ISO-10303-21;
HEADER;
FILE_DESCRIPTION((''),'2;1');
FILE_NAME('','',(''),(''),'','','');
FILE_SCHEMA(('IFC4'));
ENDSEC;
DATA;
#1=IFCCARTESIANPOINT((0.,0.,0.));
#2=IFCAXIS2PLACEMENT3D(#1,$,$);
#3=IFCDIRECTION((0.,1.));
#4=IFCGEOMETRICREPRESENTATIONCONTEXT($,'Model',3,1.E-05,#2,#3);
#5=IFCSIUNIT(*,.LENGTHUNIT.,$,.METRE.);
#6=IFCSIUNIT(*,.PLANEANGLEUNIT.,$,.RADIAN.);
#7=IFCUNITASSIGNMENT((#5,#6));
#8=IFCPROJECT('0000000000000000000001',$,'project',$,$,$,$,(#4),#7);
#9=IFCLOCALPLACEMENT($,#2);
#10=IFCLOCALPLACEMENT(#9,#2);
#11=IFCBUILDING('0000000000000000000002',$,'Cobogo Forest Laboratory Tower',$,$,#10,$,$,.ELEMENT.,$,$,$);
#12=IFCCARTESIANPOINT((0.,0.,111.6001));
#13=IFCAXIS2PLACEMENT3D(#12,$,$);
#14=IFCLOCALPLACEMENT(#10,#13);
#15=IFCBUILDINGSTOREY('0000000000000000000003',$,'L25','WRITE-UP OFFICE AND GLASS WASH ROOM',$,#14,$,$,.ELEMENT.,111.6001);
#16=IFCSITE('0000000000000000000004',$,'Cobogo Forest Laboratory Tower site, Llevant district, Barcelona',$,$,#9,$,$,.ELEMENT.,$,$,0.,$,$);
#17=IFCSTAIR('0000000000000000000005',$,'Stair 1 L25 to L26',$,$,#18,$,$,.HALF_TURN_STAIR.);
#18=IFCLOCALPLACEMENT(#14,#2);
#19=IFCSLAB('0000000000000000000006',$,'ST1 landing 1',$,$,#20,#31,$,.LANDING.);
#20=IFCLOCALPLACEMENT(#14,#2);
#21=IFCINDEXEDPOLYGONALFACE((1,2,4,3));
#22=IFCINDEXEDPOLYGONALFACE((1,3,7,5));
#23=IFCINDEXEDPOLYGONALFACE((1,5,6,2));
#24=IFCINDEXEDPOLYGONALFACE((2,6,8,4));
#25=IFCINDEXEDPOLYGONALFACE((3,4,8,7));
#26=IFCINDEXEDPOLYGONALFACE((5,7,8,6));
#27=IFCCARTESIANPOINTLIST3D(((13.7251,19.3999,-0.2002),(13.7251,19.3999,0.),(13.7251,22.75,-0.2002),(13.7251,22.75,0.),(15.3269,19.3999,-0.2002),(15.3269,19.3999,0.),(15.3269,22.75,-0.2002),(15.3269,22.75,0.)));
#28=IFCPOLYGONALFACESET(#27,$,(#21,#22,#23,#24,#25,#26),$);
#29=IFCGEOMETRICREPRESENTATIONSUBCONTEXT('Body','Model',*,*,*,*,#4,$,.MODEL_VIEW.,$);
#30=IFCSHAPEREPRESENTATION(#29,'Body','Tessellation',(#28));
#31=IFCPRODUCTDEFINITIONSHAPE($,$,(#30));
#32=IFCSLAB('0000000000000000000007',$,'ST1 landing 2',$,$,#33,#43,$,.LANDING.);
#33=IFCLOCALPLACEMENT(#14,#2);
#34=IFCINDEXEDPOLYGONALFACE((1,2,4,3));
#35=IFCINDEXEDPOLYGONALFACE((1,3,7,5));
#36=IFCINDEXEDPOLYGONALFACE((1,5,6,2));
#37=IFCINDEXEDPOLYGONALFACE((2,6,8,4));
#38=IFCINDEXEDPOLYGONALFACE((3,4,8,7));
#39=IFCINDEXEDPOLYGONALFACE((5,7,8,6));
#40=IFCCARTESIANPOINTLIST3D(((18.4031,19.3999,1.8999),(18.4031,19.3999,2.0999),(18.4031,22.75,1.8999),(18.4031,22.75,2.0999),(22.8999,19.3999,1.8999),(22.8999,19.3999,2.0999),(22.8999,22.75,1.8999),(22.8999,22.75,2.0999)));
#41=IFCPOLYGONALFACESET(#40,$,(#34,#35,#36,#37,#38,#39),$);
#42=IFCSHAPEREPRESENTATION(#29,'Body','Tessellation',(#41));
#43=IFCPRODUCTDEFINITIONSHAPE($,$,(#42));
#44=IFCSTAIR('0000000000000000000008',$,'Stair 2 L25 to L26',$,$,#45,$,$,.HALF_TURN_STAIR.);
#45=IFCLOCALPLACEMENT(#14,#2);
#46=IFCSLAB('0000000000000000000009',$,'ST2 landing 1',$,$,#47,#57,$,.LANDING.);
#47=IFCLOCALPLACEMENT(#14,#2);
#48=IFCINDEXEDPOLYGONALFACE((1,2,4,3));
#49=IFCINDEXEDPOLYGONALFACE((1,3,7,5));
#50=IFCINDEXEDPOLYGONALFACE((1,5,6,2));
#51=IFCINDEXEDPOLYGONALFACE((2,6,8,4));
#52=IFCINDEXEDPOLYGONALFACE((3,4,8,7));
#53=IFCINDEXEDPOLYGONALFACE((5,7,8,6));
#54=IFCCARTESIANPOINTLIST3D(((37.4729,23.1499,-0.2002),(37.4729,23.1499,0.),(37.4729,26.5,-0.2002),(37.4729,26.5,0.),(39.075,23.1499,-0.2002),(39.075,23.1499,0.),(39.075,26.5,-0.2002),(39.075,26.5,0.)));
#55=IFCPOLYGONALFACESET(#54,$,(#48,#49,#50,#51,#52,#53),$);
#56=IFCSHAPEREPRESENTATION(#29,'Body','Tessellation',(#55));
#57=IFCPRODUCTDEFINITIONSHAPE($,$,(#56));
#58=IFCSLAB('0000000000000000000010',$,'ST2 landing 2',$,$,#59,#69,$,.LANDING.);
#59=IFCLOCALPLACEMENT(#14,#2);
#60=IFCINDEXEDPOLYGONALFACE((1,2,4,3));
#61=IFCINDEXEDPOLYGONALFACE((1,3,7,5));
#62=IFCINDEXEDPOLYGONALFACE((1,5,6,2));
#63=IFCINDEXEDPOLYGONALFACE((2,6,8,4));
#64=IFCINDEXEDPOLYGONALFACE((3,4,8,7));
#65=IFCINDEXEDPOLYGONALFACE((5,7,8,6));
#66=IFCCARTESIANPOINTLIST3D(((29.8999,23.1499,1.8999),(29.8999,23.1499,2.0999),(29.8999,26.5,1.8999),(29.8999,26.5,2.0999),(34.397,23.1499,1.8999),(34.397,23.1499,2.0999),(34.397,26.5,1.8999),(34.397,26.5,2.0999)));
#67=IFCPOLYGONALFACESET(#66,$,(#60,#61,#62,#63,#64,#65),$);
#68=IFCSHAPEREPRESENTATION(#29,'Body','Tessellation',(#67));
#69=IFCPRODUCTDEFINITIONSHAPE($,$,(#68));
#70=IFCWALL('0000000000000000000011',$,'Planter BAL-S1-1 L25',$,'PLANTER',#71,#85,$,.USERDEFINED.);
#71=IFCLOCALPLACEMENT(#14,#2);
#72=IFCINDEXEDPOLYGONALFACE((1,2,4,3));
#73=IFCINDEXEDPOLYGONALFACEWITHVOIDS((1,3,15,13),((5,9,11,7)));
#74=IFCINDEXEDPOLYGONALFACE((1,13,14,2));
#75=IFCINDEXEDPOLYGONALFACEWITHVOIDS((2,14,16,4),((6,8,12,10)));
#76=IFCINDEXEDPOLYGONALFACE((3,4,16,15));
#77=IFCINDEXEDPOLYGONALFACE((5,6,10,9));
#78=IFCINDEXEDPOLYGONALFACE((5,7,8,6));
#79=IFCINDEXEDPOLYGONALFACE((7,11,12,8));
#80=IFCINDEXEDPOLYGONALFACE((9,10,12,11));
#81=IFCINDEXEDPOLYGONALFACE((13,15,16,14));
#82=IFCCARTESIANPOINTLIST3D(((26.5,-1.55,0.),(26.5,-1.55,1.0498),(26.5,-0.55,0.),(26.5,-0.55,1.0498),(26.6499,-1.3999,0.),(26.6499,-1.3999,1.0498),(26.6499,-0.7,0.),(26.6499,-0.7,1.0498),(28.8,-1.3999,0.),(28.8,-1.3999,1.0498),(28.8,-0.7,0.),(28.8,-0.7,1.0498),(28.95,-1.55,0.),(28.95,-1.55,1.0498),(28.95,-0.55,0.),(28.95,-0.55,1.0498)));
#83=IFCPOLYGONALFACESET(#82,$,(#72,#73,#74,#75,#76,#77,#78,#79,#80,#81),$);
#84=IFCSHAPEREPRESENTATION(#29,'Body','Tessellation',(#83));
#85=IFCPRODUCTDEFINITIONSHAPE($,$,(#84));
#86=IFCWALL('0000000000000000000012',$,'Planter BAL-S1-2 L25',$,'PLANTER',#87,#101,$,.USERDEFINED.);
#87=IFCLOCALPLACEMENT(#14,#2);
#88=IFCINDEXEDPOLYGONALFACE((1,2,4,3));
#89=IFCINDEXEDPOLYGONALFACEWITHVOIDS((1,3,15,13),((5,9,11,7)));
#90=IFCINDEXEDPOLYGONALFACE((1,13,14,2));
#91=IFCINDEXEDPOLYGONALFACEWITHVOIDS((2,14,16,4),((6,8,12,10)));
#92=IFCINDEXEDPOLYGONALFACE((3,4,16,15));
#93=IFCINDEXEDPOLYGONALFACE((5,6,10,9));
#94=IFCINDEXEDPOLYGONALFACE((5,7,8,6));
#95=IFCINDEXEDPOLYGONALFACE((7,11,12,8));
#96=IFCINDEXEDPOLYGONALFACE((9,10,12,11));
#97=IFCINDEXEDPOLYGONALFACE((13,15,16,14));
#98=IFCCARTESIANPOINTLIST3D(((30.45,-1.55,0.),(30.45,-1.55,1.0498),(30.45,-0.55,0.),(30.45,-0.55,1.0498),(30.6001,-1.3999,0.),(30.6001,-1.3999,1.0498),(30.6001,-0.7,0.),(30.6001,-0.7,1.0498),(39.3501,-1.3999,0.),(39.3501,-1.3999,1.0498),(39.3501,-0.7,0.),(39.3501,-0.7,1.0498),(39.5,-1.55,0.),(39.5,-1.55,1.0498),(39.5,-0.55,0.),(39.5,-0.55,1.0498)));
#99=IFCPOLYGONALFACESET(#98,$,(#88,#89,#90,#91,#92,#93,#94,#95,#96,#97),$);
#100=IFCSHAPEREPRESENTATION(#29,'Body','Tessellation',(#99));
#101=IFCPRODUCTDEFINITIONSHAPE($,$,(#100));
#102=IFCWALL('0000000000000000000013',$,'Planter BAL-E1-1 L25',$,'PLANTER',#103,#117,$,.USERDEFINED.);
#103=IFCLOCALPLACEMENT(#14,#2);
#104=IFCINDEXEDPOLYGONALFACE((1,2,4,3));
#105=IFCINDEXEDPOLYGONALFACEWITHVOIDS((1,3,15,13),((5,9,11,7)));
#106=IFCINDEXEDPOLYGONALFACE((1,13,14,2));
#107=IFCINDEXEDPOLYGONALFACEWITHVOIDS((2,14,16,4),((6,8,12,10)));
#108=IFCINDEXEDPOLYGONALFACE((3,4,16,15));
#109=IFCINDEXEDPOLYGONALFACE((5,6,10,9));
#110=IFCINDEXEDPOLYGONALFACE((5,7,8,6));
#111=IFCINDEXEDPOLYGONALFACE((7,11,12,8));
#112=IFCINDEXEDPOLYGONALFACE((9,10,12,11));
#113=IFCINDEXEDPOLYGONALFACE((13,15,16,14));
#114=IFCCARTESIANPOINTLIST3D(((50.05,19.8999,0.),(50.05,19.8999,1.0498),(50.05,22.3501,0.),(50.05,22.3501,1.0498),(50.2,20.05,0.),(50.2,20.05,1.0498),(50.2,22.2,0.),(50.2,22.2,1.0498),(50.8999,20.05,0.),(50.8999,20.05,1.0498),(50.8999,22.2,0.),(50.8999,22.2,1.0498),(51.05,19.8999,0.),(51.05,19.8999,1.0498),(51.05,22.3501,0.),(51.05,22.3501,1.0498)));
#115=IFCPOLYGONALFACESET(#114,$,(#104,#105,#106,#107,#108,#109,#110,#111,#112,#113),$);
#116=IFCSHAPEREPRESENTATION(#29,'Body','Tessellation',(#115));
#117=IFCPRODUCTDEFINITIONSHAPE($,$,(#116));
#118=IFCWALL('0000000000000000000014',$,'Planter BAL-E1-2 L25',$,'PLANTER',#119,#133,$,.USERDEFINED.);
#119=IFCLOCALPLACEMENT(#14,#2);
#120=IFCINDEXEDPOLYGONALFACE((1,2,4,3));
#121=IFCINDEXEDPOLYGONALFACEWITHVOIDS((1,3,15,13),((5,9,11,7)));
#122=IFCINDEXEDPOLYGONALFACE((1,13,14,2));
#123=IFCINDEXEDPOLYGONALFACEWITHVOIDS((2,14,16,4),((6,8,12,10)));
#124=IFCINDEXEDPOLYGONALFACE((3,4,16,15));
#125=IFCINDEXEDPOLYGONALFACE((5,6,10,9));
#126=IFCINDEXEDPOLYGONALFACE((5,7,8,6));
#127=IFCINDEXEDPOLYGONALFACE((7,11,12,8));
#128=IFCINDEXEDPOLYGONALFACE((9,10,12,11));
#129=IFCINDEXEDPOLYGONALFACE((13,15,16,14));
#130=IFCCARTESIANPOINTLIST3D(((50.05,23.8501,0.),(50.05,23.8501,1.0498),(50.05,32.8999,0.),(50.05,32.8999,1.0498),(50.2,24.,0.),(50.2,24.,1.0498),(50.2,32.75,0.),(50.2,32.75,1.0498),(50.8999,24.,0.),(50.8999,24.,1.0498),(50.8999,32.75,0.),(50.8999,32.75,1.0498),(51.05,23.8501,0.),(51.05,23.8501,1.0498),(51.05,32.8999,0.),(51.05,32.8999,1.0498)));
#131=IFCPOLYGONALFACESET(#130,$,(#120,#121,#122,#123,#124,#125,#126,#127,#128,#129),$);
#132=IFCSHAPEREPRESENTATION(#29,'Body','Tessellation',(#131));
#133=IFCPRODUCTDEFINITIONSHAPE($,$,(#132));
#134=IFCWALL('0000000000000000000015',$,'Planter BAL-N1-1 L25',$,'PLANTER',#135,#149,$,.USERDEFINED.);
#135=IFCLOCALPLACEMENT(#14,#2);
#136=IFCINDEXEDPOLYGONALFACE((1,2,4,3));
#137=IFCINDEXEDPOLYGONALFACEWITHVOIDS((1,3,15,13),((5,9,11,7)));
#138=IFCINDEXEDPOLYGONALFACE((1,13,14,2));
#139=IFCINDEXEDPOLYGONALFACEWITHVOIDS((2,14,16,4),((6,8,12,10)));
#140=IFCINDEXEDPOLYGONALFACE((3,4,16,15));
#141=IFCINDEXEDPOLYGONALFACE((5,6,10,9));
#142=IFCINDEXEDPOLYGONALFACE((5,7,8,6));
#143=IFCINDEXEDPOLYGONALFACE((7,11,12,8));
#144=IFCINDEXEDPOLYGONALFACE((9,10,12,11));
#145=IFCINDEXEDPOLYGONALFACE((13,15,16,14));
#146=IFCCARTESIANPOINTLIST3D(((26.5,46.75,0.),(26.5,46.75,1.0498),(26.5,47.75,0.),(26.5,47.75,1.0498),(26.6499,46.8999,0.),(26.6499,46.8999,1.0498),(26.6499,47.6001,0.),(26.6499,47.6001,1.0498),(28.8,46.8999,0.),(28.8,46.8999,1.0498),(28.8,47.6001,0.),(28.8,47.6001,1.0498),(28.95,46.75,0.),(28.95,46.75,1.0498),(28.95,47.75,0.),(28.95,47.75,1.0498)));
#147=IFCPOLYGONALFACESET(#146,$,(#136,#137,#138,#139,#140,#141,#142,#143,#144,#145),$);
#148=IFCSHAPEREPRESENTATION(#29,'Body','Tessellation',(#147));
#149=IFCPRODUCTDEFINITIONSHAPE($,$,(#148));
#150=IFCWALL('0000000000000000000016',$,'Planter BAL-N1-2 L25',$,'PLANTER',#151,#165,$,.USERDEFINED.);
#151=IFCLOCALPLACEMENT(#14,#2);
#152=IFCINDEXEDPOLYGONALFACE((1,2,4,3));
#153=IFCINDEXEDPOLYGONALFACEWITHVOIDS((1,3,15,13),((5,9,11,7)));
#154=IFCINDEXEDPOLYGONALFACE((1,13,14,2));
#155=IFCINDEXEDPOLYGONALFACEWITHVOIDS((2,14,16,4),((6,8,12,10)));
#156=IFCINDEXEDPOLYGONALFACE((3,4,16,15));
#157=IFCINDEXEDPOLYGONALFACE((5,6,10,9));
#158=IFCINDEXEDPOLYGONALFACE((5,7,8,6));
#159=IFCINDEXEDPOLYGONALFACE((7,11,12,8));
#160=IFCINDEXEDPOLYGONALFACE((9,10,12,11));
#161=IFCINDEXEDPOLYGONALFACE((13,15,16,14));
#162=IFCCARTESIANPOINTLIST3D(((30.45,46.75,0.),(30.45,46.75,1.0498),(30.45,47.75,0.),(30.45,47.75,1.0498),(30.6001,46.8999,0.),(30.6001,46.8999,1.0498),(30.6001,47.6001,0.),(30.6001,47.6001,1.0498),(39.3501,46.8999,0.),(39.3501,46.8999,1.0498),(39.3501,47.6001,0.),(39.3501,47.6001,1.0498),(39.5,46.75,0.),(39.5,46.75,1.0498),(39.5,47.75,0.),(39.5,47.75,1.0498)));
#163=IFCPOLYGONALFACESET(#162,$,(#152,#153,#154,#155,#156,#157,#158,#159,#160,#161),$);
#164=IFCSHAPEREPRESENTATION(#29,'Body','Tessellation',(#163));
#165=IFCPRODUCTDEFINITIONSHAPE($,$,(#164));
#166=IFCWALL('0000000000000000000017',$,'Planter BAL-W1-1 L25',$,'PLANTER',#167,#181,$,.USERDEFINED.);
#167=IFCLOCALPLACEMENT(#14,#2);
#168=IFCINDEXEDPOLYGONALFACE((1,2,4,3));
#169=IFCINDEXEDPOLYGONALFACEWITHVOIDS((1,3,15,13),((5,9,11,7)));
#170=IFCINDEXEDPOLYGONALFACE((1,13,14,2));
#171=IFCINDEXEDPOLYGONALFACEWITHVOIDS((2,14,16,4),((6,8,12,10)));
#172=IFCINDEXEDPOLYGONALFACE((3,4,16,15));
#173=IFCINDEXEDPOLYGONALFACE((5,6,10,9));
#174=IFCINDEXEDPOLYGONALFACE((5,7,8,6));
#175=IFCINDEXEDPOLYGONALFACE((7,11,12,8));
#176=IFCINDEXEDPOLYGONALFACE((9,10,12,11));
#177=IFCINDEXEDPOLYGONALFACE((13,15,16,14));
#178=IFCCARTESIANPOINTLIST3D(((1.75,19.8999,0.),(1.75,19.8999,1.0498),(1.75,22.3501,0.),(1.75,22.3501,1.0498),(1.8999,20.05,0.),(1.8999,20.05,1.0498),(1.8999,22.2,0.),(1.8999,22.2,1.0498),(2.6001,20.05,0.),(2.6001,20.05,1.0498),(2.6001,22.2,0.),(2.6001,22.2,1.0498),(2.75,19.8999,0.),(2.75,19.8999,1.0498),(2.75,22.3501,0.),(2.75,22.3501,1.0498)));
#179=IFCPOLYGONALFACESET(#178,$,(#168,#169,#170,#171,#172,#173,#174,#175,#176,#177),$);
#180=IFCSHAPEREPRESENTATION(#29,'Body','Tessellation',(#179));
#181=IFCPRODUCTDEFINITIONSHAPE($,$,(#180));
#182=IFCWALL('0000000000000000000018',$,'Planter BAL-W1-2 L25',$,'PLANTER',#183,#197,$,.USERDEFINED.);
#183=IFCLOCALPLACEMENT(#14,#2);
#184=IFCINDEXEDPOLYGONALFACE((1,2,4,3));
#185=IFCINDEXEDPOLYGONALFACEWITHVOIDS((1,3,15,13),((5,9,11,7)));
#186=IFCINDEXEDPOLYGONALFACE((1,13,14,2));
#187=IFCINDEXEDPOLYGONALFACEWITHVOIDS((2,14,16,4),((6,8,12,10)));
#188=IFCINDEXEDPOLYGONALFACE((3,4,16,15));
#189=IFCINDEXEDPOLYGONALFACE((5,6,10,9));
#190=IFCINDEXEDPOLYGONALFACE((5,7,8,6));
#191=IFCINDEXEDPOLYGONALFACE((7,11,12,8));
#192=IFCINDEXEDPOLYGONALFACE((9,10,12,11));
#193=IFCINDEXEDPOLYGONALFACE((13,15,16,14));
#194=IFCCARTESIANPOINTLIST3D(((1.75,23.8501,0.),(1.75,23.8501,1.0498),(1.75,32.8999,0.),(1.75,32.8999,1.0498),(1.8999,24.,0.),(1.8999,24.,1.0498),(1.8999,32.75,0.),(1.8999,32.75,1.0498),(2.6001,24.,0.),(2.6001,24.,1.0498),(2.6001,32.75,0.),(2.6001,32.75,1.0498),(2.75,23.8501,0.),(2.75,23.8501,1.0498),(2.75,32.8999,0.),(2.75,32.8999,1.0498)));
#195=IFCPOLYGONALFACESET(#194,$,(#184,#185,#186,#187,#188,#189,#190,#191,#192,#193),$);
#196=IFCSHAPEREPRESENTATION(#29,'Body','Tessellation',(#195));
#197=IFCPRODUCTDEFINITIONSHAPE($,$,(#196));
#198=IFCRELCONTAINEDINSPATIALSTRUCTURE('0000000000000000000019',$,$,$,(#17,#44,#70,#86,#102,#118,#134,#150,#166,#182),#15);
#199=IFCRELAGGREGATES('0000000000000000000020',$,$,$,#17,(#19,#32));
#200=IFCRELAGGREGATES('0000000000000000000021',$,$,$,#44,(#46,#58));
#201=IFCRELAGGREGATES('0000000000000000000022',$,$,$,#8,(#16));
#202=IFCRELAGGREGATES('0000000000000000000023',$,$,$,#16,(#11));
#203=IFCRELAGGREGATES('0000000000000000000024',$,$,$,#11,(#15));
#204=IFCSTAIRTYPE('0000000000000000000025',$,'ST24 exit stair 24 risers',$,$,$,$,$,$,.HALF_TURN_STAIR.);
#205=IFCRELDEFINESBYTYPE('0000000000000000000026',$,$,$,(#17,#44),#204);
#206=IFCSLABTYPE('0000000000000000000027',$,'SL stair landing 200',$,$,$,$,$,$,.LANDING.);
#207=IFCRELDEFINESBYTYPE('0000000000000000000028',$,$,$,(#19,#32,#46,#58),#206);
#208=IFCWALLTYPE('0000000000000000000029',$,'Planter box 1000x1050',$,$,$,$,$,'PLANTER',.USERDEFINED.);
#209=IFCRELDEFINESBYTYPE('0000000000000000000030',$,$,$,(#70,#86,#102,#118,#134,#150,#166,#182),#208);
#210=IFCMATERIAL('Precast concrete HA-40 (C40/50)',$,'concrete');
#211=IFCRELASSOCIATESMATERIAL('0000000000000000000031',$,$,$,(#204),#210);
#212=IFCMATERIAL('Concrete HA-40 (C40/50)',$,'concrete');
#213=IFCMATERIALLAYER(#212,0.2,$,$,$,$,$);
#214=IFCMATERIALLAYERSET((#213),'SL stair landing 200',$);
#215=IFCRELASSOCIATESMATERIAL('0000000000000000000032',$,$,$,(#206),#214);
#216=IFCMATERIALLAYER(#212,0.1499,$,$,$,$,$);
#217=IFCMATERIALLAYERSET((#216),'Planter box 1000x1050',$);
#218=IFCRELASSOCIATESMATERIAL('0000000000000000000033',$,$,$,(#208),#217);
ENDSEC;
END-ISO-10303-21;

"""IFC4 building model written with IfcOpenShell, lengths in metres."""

from ifc_helpers import new_model, si_unit, direction, frame, origin, place, context, subcontext, project, spatial, polyline, outline, extrude, material, layer, layer_set, type_object, element, aggregate, save


model = new_model("IFC4")

# Units and contexts
model_context = context("Model", 3, precision=1e-05, world=origin(), true_north=direction((0.0, 1.0)))
body_context = subcontext(model_context, "Body", "Model", "MODEL_VIEW")
ifc_project = project(units=[si_unit("LENGTHUNIT", "METRE"), si_unit("PLANEANGLEUNIT", "RADIAN")], contexts=[model_context])

# Site, building, storey
site_placement = place(None, origin())
site = spatial("IfcSite", under=ifc_project, at=site_placement, Name="Cobogo Forest Laboratory Tower site, Llevant district, Barcelona", CompositionType="ELEMENT", RefElevation=0.0)
building_placement = place(site_placement, origin())
building = spatial("IfcBuilding", under=site, at=building_placement, Name="Cobogo Forest Laboratory Tower", CompositionType="ELEMENT")
storey_placement = place(building_placement, frame((0.0, 0.0, 111.6001)))
storey = spatial("IfcBuildingStorey", under=building, at=storey_placement, Name="L25", Description="WRITE-UP OFFICE AND GLASS WASH ROOM", CompositionType="ELEMENT", Elevation=111.6001)

# Shared definitions
ifc_material_1 = material(Name="Concrete HA-40 (C40/50)", Category="concrete")

# Stairs, slabs
ifc_material_2 = material(Name="Precast concrete HA-40 (C40/50)", Category="concrete")
stair_type = type_object("IfcStairType", Name="ST24 exit stair 24 risers", PredefinedType="HALF_TURN_STAIR", material=ifc_material_2)
stair_1_placement = place(storey_placement, origin())
stair_1 = element("IfcStair", 1, at=stair_1_placement, inside=storey, type_object=stair_type, Name="Stair 1 L25 to L26", PredefinedType="HALF_TURN_STAIR")
ifc_layer_1 = layer(ifc_material_1, 0.2)
ifc_layer_set_1 = layer_set([ifc_layer_1], Name="SL stair landing 200")
slab_type_1 = type_object("IfcSlabType", Name="SL stair landing 200", PredefinedType="LANDING", material=ifc_layer_set_1)
slab_1_placement = place(storey_placement, frame((0.0, 0.0, -0.2002)))
slab_1 = element("IfcSlab", 2, at=slab_1_placement, type_object=slab_type_1, Name="ST1 landing 1", PredefinedType="LANDING", context=body_context, shape_type="SweptSolid", body=[
    extrude(outline(polyline([(13.7251, 19.3999), (15.3269, 19.3999), (15.3269, 22.75), (13.7251, 22.75), (13.7251, 19.3999)])), origin(), (0.0, 0.0, 1.0), 0.2002),
])
slab_2_placement = place(storey_placement, frame((0.0, 0.0, 1.8999)))
slab_2 = element("IfcSlab", 3, at=slab_2_placement, type_object=slab_type_1, Name="ST1 landing 2", PredefinedType="LANDING", context=body_context, shape_type="SweptSolid", body=[
    extrude(outline(polyline([(18.4031, 19.3999), (22.8999, 19.3999), (22.8999, 22.75), (18.4031, 22.75), (18.4031, 19.3999)])), origin(), (0.0, 0.0, 1.0), 0.2),
])
aggregate(stair_1, [slab_1, slab_2])
stair_2_placement = place(storey_placement, origin())
stair_2 = element("IfcStair", 4, at=stair_2_placement, inside=storey, type_object=stair_type, Name="Stair 2 L25 to L26", PredefinedType="HALF_TURN_STAIR")
slab_3_placement = place(storey_placement, frame((0.0, 0.0, -0.2002)))
slab_3 = element("IfcSlab", 5, at=slab_3_placement, type_object=slab_type_1, Name="ST2 landing 1", PredefinedType="LANDING", context=body_context, shape_type="SweptSolid", body=[
    extrude(outline(polyline([(37.4729, 23.1499), (39.075, 23.1499), (39.075, 26.5), (37.4729, 26.5), (37.4729, 23.1499)])), origin(), (0.0, 0.0, 1.0), 0.2002),
])
slab_4_placement = place(storey_placement, frame((0.0, 0.0, 1.8999)))
slab_4 = element("IfcSlab", 6, at=slab_4_placement, type_object=slab_type_1, Name="ST2 landing 2", PredefinedType="LANDING", context=body_context, shape_type="SweptSolid", body=[
    extrude(outline(polyline([(29.8999, 23.1499), (34.397, 23.1499), (34.397, 26.5), (29.8999, 26.5), (29.8999, 23.1499)])), origin(), (0.0, 0.0, 1.0), 0.2),
])
aggregate(stair_2, [slab_3, slab_4])

# Walls
ifc_layer_2 = layer(ifc_material_1, 0.1499)
ifc_layer_set_2 = layer_set([ifc_layer_2], Name="Planter box 1000x1050")
wall_type = type_object("IfcWallType", Name="Planter box 1000x1050", ElementType="PLANTER", PredefinedType="USERDEFINED", material=ifc_layer_set_2)
wall_1_placement = place(storey_placement, origin())
element("IfcWall", 7, at=wall_1_placement, inside=storey, type_object=wall_type, Name="Planter BAL-S1-1 L25", ObjectType="PLANTER", PredefinedType="USERDEFINED", context=body_context, shape_type="SweptSolid", body=[
    extrude(outline(polyline([(26.5, -1.55), (28.95, -1.55), (28.95, -0.55), (26.5, -0.55), (26.5, -1.55)]), holes=[polyline([(26.6499, -1.3999), (28.8, -1.3999), (28.8, -0.7), (26.6499, -0.7), (26.6499, -1.3999)])]), origin(), (0.0, 0.0, 1.0), 1.0498),
])
wall_2_placement = place(storey_placement, origin())
element("IfcWall", 8, at=wall_2_placement, inside=storey, type_object=wall_type, Name="Planter BAL-S1-2 L25", ObjectType="PLANTER", PredefinedType="USERDEFINED", context=body_context, shape_type="SweptSolid", body=[
    extrude(outline(polyline([(30.45, -1.55), (39.5, -1.55), (39.5, -0.55), (30.45, -0.55), (30.45, -1.55)]), holes=[polyline([(30.6001, -1.3999), (39.3501, -1.3999), (39.3501, -0.7), (30.6001, -0.7), (30.6001, -1.3999)])]), origin(), (0.0, 0.0, 1.0), 1.0498),
])
wall_3_placement = place(storey_placement, origin())
element("IfcWall", 9, at=wall_3_placement, inside=storey, type_object=wall_type, Name="Planter BAL-E1-1 L25", ObjectType="PLANTER", PredefinedType="USERDEFINED", context=body_context, shape_type="SweptSolid", body=[
    extrude(outline(polyline([(50.05, 19.8999), (51.05, 19.8999), (51.05, 22.3501), (50.05, 22.3501), (50.05, 19.8999)]), holes=[polyline([(50.2, 20.05), (50.8999, 20.05), (50.8999, 22.2), (50.2, 22.2), (50.2, 20.05)])]), origin(), (0.0, 0.0, 1.0), 1.0498),
])
wall_4_placement = place(storey_placement, origin())
element("IfcWall", 10, at=wall_4_placement, inside=storey, type_object=wall_type, Name="Planter BAL-E1-2 L25", ObjectType="PLANTER", PredefinedType="USERDEFINED", context=body_context, shape_type="SweptSolid", body=[
    extrude(outline(polyline([(50.05, 23.8501), (51.05, 23.8501), (51.05, 32.8999), (50.05, 32.8999), (50.05, 23.8501)]), holes=[polyline([(50.2, 24.0), (50.8999, 24.0), (50.8999, 32.75), (50.2, 32.75), (50.2, 24.0)])]), origin(), (0.0, 0.0, 1.0), 1.0498),
])
wall_5_placement = place(storey_placement, origin())
element("IfcWall", 11, at=wall_5_placement, inside=storey, type_object=wall_type, Name="Planter BAL-N1-1 L25", ObjectType="PLANTER", PredefinedType="USERDEFINED", context=body_context, shape_type="SweptSolid", body=[
    extrude(outline(polyline([(26.5, 46.75), (28.95, 46.75), (28.95, 47.75), (26.5, 47.75), (26.5, 46.75)]), holes=[polyline([(26.6499, 46.8999), (28.8, 46.8999), (28.8, 47.6001), (26.6499, 47.6001), (26.6499, 46.8999)])]), origin(), (0.0, 0.0, 1.0), 1.0498),
])
wall_6_placement = place(storey_placement, origin())
element("IfcWall", 12, at=wall_6_placement, inside=storey, type_object=wall_type, Name="Planter BAL-N1-2 L25", ObjectType="PLANTER", PredefinedType="USERDEFINED", context=body_context, shape_type="SweptSolid", body=[
    extrude(outline(polyline([(30.45, 46.75), (39.5, 46.75), (39.5, 47.75), (30.45, 47.75), (30.45, 46.75)]), holes=[polyline([(30.6001, 46.8999), (39.3501, 46.8999), (39.3501, 47.6001), (30.6001, 47.6001), (30.6001, 46.8999)])]), origin(), (0.0, 0.0, 1.0), 1.0498),
])
wall_7_placement = place(storey_placement, origin())
element("IfcWall", 13, at=wall_7_placement, inside=storey, type_object=wall_type, Name="Planter BAL-W1-1 L25", ObjectType="PLANTER", PredefinedType="USERDEFINED", context=body_context, shape_type="SweptSolid", body=[
    extrude(outline(polyline([(1.75, 19.8999), (2.75, 19.8999), (2.75, 22.3501), (1.75, 22.3501), (1.75, 19.8999)]), holes=[polyline([(1.8999, 20.05), (2.6001, 20.05), (2.6001, 22.2), (1.8999, 22.2), (1.8999, 20.05)])]), origin(), (0.0, 0.0, 1.0), 1.0498),
])
wall_8_placement = place(storey_placement, origin())
element("IfcWall", 14, at=wall_8_placement, inside=storey, type_object=wall_type, Name="Planter BAL-W1-2 L25", ObjectType="PLANTER", PredefinedType="USERDEFINED", context=body_context, shape_type="SweptSolid", body=[
    extrude(outline(polyline([(1.75, 23.8501), (2.75, 23.8501), (2.75, 32.8999), (1.75, 32.8999), (1.75, 23.8501)]), holes=[polyline([(1.8999, 24.0), (2.6001, 24.0), (2.6001, 32.75), (1.8999, 32.75), (1.8999, 24.0)])]), origin(), (0.0, 0.0, 1.0), 1.0498),
])

save(model, "model.ifc")
